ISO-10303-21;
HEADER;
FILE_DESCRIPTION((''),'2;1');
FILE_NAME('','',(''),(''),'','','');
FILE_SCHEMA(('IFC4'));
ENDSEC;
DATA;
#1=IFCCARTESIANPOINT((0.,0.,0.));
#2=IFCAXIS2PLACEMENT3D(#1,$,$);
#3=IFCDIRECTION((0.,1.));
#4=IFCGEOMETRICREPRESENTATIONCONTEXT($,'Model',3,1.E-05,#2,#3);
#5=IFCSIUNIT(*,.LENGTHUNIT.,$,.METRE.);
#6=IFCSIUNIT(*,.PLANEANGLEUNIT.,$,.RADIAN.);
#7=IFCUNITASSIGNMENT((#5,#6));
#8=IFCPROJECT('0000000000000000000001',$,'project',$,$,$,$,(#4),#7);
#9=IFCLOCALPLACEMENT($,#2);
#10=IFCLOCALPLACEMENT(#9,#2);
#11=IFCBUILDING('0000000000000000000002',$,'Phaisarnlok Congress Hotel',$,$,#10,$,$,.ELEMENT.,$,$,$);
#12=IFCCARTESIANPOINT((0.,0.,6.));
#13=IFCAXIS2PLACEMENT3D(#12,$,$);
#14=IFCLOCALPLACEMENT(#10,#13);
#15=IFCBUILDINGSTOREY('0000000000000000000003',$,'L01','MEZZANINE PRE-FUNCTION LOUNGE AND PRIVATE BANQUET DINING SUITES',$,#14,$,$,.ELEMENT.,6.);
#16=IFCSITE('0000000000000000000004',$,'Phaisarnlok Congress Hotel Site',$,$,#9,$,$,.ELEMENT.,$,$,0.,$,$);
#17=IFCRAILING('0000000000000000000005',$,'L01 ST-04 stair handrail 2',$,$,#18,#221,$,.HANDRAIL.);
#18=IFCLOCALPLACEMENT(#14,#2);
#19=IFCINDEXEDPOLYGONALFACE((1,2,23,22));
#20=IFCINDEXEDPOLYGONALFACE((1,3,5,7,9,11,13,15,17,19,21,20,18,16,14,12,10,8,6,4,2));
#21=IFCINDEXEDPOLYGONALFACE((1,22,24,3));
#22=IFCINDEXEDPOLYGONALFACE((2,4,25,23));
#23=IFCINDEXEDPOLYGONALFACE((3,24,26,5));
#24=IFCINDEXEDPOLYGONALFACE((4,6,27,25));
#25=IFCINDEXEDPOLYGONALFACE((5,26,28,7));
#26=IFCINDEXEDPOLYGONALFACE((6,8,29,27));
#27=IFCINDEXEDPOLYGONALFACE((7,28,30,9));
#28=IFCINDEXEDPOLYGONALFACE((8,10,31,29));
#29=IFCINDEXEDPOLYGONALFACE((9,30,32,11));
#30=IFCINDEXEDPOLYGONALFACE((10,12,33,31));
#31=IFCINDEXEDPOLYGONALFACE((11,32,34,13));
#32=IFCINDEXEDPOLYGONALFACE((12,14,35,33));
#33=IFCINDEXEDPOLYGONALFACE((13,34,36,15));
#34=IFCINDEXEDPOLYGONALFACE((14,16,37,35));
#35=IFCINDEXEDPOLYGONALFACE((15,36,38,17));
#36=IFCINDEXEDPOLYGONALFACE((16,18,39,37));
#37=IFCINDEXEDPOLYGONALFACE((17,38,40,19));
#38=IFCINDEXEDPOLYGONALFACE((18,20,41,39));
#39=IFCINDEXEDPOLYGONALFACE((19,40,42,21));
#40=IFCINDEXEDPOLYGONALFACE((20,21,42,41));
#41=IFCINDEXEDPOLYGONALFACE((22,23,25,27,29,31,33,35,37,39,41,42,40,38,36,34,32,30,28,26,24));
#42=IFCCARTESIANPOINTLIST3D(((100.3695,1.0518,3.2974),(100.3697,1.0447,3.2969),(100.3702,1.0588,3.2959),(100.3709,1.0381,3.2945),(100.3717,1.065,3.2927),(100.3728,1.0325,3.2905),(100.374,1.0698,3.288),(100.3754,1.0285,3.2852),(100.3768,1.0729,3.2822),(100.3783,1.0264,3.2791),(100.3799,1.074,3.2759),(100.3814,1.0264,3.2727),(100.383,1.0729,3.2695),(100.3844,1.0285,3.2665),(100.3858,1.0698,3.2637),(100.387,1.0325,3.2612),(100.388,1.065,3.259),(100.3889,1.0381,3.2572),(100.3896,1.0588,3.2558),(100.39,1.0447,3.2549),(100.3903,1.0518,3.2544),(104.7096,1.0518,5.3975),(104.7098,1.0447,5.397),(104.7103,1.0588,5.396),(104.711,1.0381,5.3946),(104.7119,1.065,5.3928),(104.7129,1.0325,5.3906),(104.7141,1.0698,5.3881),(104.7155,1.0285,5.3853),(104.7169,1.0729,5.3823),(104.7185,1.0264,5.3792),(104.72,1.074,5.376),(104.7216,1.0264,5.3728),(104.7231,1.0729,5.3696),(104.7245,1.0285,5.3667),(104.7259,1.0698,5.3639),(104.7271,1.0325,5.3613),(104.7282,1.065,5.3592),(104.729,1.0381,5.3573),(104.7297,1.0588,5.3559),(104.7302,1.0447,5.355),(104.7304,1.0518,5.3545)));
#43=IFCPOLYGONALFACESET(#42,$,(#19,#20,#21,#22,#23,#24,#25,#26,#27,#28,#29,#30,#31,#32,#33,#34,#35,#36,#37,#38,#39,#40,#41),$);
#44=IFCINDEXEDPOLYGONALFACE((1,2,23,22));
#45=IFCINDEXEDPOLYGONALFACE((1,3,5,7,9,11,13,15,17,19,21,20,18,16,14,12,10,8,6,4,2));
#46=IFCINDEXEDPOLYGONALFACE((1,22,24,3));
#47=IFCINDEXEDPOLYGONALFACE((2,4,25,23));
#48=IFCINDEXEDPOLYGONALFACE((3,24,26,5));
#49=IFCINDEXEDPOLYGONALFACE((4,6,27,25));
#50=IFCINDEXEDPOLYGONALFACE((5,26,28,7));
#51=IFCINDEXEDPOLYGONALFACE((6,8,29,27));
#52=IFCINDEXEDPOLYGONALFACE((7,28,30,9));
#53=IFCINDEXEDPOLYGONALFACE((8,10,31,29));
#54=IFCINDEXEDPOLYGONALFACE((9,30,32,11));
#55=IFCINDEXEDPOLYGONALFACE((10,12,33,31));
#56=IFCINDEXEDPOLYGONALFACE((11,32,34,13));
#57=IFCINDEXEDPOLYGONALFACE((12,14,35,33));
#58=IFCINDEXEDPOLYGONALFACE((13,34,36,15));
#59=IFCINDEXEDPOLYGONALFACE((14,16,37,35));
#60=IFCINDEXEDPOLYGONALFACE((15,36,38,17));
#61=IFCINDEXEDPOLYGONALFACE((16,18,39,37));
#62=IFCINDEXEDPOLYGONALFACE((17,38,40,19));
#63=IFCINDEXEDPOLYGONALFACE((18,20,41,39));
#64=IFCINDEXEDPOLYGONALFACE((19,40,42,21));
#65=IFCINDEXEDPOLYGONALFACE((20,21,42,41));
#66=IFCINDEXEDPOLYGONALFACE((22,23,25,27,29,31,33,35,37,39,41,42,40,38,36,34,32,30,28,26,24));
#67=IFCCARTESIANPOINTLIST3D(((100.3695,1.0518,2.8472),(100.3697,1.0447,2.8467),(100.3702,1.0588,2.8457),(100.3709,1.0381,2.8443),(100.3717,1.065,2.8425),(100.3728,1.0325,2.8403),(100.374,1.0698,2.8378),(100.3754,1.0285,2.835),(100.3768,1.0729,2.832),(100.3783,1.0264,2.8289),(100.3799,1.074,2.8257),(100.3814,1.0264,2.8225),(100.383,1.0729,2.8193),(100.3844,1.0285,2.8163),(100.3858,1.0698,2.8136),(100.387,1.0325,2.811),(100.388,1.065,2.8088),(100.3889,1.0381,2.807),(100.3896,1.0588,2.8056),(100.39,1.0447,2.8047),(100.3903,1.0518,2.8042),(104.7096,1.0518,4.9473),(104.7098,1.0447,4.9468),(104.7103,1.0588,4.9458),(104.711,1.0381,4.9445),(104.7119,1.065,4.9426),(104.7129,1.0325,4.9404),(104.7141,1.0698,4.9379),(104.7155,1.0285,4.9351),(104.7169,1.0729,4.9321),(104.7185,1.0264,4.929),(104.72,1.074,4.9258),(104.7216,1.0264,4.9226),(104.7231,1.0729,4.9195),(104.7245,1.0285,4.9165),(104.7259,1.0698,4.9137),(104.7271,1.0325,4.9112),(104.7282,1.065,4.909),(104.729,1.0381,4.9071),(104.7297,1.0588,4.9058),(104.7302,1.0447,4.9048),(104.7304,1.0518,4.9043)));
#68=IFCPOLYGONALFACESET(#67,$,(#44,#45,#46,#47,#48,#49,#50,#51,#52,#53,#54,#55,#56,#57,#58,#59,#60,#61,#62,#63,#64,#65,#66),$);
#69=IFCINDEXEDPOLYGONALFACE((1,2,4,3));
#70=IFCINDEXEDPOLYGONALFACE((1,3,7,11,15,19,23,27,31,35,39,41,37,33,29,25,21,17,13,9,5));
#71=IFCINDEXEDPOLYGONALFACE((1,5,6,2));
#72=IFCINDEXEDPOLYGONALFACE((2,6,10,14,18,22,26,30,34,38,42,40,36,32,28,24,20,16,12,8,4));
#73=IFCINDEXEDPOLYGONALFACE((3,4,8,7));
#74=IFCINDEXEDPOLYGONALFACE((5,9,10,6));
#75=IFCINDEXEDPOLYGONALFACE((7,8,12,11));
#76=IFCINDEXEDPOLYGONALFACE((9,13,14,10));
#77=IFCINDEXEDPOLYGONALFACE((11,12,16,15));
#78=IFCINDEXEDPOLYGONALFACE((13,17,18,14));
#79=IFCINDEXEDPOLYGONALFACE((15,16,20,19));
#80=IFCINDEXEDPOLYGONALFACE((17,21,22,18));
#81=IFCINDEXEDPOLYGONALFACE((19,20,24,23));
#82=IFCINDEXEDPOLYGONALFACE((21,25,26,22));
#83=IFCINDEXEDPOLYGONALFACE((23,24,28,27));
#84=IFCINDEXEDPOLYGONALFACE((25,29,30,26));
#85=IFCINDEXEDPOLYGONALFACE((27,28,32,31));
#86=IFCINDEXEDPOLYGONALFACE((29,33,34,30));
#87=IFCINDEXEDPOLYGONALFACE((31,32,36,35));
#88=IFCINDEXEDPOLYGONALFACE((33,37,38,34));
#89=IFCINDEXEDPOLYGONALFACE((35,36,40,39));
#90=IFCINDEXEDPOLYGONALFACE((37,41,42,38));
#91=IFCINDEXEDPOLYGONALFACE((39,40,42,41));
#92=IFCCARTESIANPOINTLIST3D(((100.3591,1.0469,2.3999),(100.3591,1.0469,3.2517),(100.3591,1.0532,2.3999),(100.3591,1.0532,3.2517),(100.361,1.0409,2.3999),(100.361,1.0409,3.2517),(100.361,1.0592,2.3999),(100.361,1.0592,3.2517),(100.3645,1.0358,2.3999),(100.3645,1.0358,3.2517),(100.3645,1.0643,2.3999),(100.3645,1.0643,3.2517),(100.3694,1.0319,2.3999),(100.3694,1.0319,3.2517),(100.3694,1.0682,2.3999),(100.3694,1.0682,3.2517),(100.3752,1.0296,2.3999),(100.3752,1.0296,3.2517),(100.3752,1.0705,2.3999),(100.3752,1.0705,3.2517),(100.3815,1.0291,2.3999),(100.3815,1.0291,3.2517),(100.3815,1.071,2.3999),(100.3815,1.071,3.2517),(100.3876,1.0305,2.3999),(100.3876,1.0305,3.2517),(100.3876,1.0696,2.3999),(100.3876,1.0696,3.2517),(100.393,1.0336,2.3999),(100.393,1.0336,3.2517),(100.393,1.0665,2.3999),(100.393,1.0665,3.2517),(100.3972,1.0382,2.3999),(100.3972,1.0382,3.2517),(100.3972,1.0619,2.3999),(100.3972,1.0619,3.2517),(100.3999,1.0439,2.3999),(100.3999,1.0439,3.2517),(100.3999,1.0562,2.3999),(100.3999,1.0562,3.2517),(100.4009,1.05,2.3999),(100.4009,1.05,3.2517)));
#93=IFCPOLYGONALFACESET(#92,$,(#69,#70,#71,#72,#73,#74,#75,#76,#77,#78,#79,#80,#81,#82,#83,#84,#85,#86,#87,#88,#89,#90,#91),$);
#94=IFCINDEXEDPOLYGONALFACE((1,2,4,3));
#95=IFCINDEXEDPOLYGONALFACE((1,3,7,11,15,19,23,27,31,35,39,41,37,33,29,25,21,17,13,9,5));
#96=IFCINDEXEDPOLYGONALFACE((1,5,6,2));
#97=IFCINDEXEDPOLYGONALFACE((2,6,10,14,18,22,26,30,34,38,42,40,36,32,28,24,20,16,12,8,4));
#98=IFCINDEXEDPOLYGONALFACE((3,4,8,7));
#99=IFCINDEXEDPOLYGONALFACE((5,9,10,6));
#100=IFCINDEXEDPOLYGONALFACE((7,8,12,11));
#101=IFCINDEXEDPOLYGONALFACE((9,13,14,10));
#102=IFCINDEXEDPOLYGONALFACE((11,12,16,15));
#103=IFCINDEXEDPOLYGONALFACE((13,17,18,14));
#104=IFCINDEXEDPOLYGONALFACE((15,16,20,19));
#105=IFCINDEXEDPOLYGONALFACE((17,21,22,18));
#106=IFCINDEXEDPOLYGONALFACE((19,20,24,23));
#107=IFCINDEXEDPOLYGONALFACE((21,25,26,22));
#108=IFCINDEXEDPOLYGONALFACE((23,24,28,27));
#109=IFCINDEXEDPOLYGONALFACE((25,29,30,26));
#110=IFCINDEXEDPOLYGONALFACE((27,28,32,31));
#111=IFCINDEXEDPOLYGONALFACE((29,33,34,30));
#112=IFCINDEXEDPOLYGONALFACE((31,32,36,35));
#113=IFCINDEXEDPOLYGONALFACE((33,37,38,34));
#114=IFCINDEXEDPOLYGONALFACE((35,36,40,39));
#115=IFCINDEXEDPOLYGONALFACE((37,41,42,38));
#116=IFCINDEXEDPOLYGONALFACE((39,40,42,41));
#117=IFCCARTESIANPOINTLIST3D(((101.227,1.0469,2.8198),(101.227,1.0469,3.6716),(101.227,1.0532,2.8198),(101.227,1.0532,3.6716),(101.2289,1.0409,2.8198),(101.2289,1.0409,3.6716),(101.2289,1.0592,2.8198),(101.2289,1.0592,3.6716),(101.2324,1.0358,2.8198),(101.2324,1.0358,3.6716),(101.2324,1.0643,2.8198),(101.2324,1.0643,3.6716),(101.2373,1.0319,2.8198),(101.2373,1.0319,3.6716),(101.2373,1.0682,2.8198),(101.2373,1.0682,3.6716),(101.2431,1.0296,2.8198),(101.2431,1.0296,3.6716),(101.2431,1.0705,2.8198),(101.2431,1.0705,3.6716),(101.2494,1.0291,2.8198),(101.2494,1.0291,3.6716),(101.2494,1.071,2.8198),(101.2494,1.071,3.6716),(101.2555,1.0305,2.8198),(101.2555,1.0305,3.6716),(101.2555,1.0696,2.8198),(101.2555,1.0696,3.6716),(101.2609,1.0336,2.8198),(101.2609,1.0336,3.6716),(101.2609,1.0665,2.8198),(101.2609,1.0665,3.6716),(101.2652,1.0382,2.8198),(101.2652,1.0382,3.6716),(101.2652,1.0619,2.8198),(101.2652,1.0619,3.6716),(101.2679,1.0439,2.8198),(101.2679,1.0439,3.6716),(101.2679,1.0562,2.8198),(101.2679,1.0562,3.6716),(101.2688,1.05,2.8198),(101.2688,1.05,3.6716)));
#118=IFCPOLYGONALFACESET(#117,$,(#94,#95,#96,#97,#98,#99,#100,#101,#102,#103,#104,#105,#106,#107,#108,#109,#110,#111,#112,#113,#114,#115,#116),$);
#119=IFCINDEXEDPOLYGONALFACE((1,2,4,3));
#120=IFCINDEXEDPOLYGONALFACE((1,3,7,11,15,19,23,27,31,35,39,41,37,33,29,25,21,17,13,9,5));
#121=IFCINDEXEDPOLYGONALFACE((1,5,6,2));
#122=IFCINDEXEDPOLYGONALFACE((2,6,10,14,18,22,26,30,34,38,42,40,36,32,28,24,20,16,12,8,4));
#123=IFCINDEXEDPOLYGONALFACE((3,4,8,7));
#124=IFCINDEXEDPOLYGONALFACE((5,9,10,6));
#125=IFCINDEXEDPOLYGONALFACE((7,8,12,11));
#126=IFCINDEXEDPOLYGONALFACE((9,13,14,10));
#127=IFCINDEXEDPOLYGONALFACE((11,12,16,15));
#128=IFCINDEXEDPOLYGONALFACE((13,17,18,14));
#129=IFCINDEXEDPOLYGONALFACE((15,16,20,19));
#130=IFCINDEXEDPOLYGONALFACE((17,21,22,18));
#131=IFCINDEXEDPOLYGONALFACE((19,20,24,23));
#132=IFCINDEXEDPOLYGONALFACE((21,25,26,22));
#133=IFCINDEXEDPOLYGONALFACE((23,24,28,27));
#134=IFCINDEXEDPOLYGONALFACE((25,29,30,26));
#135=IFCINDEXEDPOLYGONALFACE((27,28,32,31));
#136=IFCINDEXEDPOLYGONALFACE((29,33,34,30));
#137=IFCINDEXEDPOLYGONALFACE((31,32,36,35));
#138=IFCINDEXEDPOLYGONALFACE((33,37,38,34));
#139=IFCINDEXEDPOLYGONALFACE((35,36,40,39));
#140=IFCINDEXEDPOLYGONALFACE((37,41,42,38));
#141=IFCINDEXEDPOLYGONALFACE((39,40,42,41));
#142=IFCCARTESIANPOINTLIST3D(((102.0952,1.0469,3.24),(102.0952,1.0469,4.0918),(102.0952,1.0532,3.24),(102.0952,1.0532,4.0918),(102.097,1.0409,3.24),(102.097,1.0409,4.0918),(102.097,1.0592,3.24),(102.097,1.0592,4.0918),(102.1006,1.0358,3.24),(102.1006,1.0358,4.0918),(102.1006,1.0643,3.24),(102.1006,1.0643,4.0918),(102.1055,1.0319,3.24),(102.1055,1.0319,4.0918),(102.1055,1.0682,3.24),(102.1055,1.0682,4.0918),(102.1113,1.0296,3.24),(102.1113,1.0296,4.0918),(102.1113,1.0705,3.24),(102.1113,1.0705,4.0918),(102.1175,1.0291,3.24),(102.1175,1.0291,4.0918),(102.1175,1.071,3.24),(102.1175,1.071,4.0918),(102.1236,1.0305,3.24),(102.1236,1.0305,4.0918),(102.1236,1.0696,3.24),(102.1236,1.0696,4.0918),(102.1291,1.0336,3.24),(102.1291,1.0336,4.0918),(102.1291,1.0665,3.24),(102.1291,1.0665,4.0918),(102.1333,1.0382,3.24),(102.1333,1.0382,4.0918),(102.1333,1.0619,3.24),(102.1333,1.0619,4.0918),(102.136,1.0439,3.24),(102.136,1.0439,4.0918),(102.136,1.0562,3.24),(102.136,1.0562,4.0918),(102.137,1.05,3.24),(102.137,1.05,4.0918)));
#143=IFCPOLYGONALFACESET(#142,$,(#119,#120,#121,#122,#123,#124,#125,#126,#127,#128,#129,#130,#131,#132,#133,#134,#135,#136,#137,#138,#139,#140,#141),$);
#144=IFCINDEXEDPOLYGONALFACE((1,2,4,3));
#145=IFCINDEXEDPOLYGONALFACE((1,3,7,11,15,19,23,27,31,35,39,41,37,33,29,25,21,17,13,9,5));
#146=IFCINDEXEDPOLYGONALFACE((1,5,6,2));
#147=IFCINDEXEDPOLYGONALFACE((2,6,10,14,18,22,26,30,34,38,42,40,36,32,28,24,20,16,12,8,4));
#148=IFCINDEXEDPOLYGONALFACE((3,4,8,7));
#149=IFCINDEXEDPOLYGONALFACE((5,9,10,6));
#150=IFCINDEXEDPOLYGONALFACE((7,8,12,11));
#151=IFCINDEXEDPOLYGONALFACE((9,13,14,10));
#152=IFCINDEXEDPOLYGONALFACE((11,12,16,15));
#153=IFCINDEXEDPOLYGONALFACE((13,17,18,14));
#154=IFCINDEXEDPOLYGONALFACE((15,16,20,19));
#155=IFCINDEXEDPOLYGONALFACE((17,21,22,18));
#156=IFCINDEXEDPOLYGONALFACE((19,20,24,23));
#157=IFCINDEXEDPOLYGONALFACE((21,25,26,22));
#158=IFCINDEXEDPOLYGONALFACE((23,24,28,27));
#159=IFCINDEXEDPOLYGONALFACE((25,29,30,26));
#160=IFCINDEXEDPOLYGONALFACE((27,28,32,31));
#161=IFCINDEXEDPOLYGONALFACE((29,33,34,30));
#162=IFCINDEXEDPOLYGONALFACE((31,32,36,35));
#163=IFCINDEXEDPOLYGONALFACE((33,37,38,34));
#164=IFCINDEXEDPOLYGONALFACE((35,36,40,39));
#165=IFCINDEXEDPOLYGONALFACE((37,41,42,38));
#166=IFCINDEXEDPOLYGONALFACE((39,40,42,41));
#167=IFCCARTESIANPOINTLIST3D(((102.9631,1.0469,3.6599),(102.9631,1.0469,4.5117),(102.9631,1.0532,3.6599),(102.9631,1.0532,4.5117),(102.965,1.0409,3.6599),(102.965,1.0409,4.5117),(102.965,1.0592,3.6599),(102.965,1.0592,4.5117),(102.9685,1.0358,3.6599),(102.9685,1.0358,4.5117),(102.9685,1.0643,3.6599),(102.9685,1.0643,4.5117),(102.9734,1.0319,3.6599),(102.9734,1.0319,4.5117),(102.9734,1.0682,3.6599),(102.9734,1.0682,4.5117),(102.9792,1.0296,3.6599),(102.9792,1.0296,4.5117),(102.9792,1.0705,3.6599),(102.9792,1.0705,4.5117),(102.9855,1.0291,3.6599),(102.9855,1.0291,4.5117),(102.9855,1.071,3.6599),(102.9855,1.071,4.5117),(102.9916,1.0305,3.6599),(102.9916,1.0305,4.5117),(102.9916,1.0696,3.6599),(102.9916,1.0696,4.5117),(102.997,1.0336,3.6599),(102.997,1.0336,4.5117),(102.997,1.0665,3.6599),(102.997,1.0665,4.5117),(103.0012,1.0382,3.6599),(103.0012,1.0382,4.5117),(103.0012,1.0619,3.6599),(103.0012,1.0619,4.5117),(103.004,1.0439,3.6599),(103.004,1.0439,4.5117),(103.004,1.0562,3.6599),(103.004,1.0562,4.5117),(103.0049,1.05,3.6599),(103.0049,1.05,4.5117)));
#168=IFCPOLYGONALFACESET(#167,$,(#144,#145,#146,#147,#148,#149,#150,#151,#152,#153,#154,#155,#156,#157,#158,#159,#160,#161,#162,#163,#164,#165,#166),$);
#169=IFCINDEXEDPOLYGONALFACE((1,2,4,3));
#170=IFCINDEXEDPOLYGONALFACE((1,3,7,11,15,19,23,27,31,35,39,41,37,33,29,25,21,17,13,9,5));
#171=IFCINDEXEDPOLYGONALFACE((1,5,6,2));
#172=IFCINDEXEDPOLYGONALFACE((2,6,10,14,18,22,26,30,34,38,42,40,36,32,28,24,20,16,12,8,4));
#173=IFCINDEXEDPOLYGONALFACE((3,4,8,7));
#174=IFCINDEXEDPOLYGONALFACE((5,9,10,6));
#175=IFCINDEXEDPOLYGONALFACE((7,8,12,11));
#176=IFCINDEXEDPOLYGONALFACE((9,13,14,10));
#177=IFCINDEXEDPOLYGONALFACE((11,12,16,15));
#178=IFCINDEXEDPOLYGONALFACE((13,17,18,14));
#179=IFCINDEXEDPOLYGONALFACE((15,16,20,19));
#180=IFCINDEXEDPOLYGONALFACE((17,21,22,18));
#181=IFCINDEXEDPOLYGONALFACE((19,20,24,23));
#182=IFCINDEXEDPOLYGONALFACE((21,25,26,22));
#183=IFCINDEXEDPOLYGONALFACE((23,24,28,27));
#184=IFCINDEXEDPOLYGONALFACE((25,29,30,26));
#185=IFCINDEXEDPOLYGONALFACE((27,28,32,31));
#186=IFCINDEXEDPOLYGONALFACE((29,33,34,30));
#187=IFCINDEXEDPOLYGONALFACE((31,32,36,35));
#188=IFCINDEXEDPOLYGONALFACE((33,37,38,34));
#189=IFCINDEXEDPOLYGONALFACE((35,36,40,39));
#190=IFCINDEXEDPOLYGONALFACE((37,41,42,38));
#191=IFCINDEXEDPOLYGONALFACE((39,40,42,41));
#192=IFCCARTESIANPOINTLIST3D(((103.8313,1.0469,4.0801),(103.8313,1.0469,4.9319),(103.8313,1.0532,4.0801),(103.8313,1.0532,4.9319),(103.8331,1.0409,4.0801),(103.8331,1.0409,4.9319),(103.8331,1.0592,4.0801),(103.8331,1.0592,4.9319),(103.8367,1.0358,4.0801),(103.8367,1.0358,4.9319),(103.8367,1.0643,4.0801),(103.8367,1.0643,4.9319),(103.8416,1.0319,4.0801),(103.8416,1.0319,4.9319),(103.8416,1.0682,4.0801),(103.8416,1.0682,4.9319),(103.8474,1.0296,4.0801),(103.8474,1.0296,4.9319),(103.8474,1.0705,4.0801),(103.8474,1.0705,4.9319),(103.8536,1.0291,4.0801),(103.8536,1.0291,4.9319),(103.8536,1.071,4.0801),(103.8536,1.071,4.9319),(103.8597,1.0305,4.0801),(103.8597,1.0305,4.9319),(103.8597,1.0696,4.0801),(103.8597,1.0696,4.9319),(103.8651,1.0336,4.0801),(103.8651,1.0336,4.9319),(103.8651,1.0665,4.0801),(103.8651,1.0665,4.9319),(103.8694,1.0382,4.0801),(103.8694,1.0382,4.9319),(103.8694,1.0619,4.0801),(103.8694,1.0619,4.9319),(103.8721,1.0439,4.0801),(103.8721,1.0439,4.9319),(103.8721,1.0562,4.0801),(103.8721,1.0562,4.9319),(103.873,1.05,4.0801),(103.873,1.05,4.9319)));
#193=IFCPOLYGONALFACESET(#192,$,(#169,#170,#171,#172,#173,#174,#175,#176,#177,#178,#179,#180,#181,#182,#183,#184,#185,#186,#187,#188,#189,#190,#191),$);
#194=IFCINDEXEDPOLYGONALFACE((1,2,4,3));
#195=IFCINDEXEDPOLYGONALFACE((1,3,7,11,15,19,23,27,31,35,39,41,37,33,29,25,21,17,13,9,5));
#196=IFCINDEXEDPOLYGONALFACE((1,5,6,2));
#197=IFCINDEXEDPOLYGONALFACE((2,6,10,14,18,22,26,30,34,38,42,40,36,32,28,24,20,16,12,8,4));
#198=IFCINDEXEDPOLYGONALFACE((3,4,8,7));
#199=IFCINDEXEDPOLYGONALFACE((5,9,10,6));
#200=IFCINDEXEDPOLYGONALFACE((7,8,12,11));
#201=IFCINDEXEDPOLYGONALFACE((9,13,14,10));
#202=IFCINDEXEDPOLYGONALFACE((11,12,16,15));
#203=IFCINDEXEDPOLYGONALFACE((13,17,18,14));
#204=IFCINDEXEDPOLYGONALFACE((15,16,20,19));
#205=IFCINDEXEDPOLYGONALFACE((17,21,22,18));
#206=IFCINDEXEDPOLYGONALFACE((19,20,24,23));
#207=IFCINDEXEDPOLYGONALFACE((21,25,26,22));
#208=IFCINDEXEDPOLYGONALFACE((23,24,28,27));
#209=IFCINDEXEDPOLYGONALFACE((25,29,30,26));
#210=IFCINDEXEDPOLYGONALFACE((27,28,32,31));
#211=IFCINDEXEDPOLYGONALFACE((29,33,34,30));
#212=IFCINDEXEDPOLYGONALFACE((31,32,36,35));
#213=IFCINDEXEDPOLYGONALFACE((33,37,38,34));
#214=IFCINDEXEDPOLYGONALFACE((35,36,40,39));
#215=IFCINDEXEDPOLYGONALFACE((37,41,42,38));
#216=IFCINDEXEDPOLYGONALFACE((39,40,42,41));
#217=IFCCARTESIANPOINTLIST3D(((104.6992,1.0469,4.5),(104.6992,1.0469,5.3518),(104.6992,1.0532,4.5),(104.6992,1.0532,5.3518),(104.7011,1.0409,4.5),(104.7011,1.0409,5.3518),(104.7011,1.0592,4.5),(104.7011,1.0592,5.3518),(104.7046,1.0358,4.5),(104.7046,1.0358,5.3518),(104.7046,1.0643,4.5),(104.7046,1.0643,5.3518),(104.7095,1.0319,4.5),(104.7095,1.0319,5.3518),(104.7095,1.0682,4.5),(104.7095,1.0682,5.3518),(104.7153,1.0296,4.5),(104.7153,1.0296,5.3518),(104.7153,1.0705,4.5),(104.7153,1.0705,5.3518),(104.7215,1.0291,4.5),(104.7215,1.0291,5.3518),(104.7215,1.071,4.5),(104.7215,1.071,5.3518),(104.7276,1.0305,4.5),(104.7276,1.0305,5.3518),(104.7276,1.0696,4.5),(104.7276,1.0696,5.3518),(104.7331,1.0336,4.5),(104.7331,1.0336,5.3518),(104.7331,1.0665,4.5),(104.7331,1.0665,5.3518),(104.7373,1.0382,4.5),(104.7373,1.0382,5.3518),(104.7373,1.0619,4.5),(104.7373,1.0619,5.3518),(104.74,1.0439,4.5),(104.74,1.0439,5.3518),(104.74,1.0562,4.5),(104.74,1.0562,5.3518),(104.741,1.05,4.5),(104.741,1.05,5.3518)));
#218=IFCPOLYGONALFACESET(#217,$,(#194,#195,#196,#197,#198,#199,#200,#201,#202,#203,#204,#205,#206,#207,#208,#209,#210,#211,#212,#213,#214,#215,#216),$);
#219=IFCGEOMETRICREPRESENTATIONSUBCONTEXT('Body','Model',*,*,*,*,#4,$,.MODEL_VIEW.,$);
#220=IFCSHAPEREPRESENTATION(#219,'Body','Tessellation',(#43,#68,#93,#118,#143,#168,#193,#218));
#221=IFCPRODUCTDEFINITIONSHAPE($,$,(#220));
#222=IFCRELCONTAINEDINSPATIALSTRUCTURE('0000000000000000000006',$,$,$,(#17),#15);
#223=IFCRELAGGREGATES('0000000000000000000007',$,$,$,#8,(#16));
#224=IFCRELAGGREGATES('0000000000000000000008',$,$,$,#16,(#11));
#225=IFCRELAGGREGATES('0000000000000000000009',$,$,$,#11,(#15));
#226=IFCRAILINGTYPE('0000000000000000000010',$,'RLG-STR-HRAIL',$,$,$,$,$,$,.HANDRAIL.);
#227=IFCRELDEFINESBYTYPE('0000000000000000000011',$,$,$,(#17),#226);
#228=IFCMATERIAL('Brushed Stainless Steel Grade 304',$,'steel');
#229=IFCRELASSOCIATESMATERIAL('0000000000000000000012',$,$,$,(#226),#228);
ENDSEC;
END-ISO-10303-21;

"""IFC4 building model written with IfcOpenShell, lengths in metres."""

from ifc_helpers import new_model, si_unit, direction, frame, origin, origin_2d, place, context, subcontext, project, spatial, circle, extrude, material, type_object, element, save


model = new_model("IFC4")

# Units and contexts
model_context = context("Model", 3, precision=1e-05, world=origin(), true_north=direction((0.0, 1.0)))
body_context = subcontext(model_context, "Body", "Model", "MODEL_VIEW")
ifc_project = project(units=[si_unit("LENGTHUNIT", "METRE"), si_unit("PLANEANGLEUNIT", "RADIAN")], contexts=[model_context])

# Site, building, storey
site_placement = place(None, origin())
site = spatial("IfcSite", under=ifc_project, at=site_placement, Name="Phaisarnlok Congress Hotel Site", CompositionType="ELEMENT", RefElevation=0.0)
building_placement = place(site_placement, origin())
building = spatial("IfcBuilding", under=site, at=building_placement, Name="Phaisarnlok Congress Hotel", CompositionType="ELEMENT")
storey_placement = place(building_placement, frame((0.0, 0.0, 6.0)))
storey = spatial("IfcBuildingStorey", under=building, at=storey_placement, Name="L01", Description="MEZZANINE PRE-FUNCTION LOUNGE AND PRIVATE BANQUET DINING SUITES", CompositionType="ELEMENT", Elevation=6.0)

# Railing
ifc_material_1 = material(Name="Brushed Stainless Steel Grade 304", Category="steel")
railing_type_1 = type_object("IfcRailingType", Name="RLG-STR-HRAIL", PredefinedType="HANDRAIL", material=ifc_material_1)
railing_1_placement = place(storey_placement, frame((100.3799, 1.05, 2.3999)))
element("IfcRailing", 1, at=railing_1_placement, inside=storey, type_object=railing_type_1, Name="L01 ST-04 stair handrail 2", PredefinedType="HANDRAIL", context=body_context, shape_type="SweptSolid", body=[
    extrude(circle(Radius=0.0239, at=origin_2d()), frame((0.0, 0.0, 0.876), z_axis=(0.900155, 0.0, 0.43557), x_axis=(0.0, 1.0, 0.0)), (0.0, 0.0, 1.0), 4.8215),
    extrude(circle(Radius=0.0239, at=origin_2d()), frame((0.0, 0.0, 0.4258), z_axis=(0.900155, 0.0, 0.43557), x_axis=(0.0, 1.0, 0.0)), (0.0, 0.0, 1.0), 4.8215),
    extrude(circle(Radius=0.021, at=origin_2d()), origin(), (0.0, 0.0, 1.0), 0.8518),
    extrude(circle(Radius=0.021, at=origin_2d()), frame((0.8679, 0.0, 0.4199)), (0.0, 0.0, 1.0), 0.8518),
    extrude(circle(Radius=0.021, at=origin_2d()), frame((1.7361, 0.0, 0.8401)), (0.0, 0.0, 1.0), 0.8518),
    extrude(circle(Radius=0.021, at=origin_2d()), frame((2.604, 0.0, 1.26)), (0.0, 0.0, 1.0), 0.8518),
    extrude(circle(Radius=0.021, at=origin_2d()), frame((3.4722, 0.0, 1.6802)), (0.0, 0.0, 1.0), 0.8518),
    extrude(circle(Radius=0.021, at=origin_2d()), frame((4.3401, 0.0, 2.1001)), (0.0, 0.0, 1.0), 0.8518),
])

save(model, "model.ifc")
